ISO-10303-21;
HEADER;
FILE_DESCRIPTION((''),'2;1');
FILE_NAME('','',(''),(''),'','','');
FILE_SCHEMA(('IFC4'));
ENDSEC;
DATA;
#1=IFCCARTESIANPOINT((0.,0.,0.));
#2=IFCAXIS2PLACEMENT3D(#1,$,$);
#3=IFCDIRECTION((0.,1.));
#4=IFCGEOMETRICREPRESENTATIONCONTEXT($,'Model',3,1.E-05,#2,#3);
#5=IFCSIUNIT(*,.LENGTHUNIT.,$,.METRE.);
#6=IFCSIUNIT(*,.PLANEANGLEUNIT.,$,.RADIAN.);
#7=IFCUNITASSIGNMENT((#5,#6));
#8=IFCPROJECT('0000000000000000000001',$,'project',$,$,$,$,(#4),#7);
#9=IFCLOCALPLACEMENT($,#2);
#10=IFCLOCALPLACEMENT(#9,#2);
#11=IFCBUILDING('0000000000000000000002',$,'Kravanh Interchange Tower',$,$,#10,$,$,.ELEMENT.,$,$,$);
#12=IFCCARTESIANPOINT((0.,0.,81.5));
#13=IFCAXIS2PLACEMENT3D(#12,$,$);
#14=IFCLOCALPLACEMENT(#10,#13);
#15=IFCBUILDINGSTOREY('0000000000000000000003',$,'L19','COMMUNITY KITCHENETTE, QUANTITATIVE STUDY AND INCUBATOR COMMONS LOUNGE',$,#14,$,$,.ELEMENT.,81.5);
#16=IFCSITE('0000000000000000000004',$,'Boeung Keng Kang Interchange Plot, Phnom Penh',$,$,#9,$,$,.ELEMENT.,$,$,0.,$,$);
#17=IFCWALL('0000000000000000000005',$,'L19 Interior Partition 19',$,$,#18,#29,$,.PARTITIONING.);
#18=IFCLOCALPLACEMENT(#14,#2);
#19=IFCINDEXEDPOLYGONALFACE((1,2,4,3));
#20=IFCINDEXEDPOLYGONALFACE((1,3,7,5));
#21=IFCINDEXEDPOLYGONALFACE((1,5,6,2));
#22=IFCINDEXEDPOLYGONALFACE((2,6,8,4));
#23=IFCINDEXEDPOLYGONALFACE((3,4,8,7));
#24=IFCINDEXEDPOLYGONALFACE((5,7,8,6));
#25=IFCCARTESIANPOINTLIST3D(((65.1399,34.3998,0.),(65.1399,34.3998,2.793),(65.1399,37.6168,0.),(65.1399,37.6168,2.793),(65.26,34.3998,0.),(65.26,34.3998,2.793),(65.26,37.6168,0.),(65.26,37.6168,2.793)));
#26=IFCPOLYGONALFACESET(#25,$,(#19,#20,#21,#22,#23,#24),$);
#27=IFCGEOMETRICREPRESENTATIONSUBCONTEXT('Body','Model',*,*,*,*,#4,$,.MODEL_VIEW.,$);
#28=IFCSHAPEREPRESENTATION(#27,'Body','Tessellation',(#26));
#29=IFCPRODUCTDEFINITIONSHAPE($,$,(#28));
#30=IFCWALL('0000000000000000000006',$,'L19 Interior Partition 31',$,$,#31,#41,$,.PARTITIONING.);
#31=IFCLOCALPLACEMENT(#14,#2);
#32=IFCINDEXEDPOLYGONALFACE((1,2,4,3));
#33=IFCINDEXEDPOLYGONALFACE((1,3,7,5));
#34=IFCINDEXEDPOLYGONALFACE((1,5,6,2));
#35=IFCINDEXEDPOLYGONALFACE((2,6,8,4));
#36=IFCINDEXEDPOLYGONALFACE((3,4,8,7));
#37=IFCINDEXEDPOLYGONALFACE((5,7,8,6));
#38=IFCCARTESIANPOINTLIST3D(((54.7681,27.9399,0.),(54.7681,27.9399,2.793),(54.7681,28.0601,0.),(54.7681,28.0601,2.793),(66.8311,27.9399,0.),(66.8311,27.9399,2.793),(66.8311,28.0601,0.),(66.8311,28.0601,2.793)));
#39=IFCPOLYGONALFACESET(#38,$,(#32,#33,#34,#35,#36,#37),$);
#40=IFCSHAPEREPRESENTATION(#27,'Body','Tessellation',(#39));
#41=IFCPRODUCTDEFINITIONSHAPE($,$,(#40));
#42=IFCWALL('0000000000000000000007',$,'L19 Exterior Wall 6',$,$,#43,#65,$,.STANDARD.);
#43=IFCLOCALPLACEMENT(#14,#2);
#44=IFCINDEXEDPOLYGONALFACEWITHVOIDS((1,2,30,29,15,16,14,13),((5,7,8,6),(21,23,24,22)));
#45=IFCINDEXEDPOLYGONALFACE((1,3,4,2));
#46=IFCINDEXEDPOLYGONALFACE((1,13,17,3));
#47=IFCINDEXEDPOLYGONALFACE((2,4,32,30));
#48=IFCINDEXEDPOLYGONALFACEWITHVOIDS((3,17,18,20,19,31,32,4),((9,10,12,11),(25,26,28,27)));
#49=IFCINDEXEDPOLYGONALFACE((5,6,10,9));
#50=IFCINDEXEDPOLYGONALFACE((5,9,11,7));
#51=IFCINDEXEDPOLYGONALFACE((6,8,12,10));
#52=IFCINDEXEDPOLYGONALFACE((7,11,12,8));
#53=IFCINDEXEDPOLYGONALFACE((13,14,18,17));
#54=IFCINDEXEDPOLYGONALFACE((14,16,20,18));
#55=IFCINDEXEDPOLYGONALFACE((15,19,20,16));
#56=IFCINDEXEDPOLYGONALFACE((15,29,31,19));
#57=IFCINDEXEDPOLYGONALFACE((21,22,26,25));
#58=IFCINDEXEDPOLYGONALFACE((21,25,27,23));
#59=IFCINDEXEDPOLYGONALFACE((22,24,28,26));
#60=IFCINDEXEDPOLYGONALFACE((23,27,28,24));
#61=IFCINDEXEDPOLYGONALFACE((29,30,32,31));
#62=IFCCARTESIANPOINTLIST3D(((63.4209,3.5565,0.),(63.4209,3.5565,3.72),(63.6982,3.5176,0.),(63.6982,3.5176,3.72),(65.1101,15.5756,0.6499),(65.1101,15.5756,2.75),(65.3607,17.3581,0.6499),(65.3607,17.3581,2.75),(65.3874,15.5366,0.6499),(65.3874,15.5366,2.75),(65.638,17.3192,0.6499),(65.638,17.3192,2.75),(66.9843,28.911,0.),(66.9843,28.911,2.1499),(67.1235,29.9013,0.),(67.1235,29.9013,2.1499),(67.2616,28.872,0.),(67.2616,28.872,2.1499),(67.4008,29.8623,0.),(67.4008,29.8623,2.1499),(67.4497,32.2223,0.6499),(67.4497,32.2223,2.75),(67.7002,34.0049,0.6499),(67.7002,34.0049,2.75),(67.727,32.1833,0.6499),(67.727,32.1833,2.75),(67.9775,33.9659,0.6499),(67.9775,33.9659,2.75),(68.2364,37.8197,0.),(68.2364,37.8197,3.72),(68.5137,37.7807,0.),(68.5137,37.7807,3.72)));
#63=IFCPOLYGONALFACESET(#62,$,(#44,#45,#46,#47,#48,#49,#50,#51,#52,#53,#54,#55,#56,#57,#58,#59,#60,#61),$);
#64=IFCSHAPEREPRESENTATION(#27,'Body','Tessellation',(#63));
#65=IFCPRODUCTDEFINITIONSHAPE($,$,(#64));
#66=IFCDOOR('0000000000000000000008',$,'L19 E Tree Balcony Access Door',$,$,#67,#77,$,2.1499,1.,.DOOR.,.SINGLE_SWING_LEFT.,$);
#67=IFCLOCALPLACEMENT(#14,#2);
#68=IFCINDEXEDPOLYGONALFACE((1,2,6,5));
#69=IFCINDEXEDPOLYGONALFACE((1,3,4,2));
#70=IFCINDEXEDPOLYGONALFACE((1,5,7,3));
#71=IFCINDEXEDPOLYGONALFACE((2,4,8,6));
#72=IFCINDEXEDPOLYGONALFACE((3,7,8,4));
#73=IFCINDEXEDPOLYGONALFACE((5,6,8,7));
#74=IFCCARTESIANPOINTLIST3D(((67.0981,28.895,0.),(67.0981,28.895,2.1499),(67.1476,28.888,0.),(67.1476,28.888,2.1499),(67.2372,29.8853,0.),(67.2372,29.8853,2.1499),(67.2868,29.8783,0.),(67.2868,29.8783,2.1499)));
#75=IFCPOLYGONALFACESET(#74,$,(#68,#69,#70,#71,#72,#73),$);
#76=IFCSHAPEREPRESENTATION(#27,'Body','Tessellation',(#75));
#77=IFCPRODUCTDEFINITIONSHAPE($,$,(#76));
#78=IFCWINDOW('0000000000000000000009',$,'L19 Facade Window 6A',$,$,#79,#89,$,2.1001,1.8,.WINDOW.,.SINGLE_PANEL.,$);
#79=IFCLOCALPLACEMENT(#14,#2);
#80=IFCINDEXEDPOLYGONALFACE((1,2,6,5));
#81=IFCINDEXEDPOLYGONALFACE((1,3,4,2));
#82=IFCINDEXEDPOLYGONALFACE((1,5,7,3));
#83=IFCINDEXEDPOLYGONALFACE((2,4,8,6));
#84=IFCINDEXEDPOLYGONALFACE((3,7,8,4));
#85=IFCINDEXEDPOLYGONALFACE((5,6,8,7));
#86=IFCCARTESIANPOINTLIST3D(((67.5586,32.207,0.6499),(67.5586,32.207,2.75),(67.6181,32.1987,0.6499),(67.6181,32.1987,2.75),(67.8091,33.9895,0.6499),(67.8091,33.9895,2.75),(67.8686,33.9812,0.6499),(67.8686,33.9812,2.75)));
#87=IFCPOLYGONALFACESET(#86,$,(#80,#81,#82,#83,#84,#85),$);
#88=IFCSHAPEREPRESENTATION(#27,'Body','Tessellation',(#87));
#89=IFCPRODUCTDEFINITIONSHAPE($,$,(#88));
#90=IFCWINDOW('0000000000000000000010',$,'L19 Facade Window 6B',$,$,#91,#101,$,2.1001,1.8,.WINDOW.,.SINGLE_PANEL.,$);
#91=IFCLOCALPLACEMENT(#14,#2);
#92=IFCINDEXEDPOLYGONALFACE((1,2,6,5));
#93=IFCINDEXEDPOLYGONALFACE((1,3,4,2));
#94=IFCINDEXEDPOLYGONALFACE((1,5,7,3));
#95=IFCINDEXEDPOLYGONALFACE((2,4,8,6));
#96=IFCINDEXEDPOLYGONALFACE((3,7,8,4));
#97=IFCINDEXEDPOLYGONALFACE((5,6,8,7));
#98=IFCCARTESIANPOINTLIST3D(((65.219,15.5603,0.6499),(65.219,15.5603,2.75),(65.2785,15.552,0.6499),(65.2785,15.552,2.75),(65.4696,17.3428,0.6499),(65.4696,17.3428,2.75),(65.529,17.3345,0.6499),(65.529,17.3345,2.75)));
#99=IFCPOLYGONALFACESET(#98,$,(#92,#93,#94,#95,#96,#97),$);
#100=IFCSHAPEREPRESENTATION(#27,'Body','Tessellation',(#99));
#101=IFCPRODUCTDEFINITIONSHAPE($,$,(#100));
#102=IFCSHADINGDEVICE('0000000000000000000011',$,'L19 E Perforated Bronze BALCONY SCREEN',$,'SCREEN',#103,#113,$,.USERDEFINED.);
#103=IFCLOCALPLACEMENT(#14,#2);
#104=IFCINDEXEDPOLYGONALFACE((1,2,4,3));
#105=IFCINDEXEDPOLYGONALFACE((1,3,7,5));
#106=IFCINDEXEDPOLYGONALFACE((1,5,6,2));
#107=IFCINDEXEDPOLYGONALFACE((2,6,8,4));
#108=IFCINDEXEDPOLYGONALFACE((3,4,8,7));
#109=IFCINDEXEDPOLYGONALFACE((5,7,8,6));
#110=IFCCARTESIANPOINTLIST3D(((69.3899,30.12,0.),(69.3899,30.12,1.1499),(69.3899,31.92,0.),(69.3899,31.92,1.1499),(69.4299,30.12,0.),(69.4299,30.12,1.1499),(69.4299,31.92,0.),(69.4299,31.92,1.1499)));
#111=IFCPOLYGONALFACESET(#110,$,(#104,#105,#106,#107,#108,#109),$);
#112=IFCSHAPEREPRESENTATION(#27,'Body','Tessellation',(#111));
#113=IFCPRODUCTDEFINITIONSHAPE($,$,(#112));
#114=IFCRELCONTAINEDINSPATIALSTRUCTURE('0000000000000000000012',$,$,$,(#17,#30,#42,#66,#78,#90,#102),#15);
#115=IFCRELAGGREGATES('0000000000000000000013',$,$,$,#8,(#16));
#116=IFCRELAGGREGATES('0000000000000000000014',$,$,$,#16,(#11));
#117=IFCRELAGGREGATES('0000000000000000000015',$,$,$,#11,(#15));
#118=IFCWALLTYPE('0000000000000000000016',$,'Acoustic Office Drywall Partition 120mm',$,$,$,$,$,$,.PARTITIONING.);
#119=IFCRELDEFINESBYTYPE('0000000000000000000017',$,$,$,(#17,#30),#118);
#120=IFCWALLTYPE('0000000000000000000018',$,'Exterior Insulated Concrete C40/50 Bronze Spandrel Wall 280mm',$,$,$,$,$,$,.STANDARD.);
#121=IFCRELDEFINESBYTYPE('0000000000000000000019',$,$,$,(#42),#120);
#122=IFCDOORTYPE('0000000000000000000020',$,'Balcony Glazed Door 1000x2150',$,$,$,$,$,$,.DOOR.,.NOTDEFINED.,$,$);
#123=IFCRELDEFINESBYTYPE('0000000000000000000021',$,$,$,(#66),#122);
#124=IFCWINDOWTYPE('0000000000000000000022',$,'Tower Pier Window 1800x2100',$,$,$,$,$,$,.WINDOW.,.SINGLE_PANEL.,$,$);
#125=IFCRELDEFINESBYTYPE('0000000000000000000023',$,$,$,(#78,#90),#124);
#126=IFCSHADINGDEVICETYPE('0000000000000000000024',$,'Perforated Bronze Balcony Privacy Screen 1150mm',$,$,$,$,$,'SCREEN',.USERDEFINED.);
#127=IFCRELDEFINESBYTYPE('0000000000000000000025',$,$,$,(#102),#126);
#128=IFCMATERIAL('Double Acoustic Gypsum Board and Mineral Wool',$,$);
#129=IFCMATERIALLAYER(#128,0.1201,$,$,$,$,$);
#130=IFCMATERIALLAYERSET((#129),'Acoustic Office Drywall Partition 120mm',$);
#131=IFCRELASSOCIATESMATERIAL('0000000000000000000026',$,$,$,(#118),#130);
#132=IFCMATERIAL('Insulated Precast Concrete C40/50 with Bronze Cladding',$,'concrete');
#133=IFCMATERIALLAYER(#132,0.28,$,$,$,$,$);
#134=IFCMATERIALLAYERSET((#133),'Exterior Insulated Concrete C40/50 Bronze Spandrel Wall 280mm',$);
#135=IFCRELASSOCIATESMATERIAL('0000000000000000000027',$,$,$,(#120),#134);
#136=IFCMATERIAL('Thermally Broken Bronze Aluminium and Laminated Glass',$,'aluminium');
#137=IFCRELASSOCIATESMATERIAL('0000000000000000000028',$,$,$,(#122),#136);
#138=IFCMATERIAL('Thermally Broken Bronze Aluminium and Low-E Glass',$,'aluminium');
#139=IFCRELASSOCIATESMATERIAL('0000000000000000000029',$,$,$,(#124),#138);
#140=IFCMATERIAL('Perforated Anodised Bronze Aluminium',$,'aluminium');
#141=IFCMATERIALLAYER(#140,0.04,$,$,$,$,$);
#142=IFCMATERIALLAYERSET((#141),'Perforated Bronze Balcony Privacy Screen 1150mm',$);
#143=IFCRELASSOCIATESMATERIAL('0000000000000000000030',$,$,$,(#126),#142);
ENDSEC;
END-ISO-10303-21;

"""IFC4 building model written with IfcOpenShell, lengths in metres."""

from ifc_helpers import new_model, si_unit, direction, frame, frame_2d, origin, origin_2d, place, context, subcontext, project, spatial, rectangle, extrude, material, layer, layer_set, type_object, element, fill, save


model = new_model("IFC4")

# Units and contexts
model_context = context("Model", 3, precision=1e-05, world=origin(), true_north=direction((0.0, 1.0)))
body_context = subcontext(model_context, "Body", "Model", "MODEL_VIEW")
ifc_project = project(units=[si_unit("LENGTHUNIT", "METRE"), si_unit("PLANEANGLEUNIT", "RADIAN")], contexts=[model_context])

# Site, building, storey
site_placement = place(None, origin())
site = spatial("IfcSite", under=ifc_project, at=site_placement, Name="Boeung Keng Kang Interchange Plot, Phnom Penh", CompositionType="ELEMENT", RefElevation=0.0)
building_placement = place(site_placement, origin())
building = spatial("IfcBuilding", under=site, at=building_placement, Name="Kravanh Interchange Tower", CompositionType="ELEMENT")
storey_placement = place(building_placement, frame((0.0, 0.0, 81.5)))
storey = spatial("IfcBuildingStorey", under=building, at=storey_placement, Name="L19", Description="COMMUNITY KITCHENETTE, QUANTITATIVE STUDY AND INCUBATOR COMMONS LOUNGE", CompositionType="ELEMENT", Elevation=81.5)

# Walls
ifc_material_1 = material(Name="Double Acoustic Gypsum Board and Mineral Wool")
ifc_layer_1 = layer(ifc_material_1, 0.1201)
ifc_layer_set_1 = layer_set([ifc_layer_1], Name="Acoustic Office Drywall Partition 120mm")
wall_type_1 = type_object("IfcWallType", Name="Acoustic Office Drywall Partition 120mm", PredefinedType="PARTITIONING", material=ifc_layer_set_1)
wall_1_placement = place(storey_placement, frame((65.2, 34.3999, 0.0), z_axis=(0.0, 0.0, 1.0), x_axis=(0.0, 1.0, 0.0)))
element("IfcWall", 1, at=wall_1_placement, inside=storey, type_object=wall_type_1, Name="L19 Interior Partition 19", PredefinedType="PARTITIONING", context=body_context, shape_type="SweptSolid", body=[
    extrude(rectangle(XDim=3.217, YDim=0.1201, at=frame_2d((1.6084, 0.0))), origin(), (0.0, 0.0, 1.0), 2.793),
])
wall_2_placement = place(storey_placement, frame((54.7681, 28.0, 0.0), z_axis=(0.0, 0.0, 1.0), x_axis=(1.0, 0.0, 0.0)))
element("IfcWall", 2, at=wall_2_placement, inside=storey, type_object=wall_type_1, Name="L19 Interior Partition 31", PredefinedType="PARTITIONING", context=body_context, shape_type="SweptSolid", body=[
    extrude(rectangle(XDim=12.063, YDim=0.1201, at=frame_2d((6.0315, 0.0))), origin(), (0.0, 0.0, 1.0), 2.793),
])

# Wall, openings, door, windows
ifc_material_2 = material(Name="Insulated Precast Concrete C40/50 with Bronze Cladding", Category="concrete")
ifc_layer_2 = layer(ifc_material_2, 0.28)
ifc_layer_set_2 = layer_set([ifc_layer_2], Name="Exterior Insulated Concrete C40/50 Bronze Spandrel Wall 280mm")
wall_type_2 = type_object("IfcWallType", Name="Exterior Insulated Concrete C40/50 Bronze Spandrel Wall 280mm", PredefinedType="STANDARD", material=ifc_layer_set_2)
wall_3_placement = place(storey_placement, frame((68.375, 37.8, 0.0), z_axis=(0.0, 0.0, 1.0), x_axis=(-0.139175, -0.990268, 0.0)))
wall_3 = element("IfcWall", 3, at=wall_3_placement, inside=storey, type_object=wall_type_2, Name="L19 Exterior Wall 6", PredefinedType="STANDARD", context=body_context, shape_type="SweptSolid", body=[
    extrude(rectangle(XDim=34.5999, YDim=0.28, at=frame_2d((17.2998, 0.0))), origin(), (0.0, 0.0, 1.0), 3.72),
])
opening_1_placement = place(wall_3_placement, frame((7.9961, 0.0, 0.0)))
opening_1 = element("IfcOpeningElement", 4, at=opening_1_placement, cuts=wall_3, PredefinedType="OPENING", context=body_context, shape_type="SweptSolid", body=[
    extrude(rectangle(XDim=1.0, YDim=2.1499, at=frame_2d((0.5, 1.075))), frame((0.0, 0.1499, 0.0), z_axis=(0.0, -1.0, 0.0), x_axis=(1.0, 0.0, 0.0)), (0.0, 0.0, 1.0), 0.3),
])
opening_2_placement = place(wall_3_placement, frame((3.8523, 0.0, 0.6499)))
opening_2 = element("IfcOpeningElement", 5, at=opening_2_placement, cuts=wall_3, PredefinedType="OPENING", context=body_context, shape_type="SweptSolid", body=[
    extrude(rectangle(XDim=1.8, YDim=2.1001, at=frame_2d((0.8999, 1.05))), frame((0.0, 0.1499, 0.0), z_axis=(0.0, -1.0, 0.0), x_axis=(1.0, 0.0, 0.0)), (0.0, 0.0, 1.0), 0.3),
])
opening_3_placement = place(wall_3_placement, frame((20.6626, 0.0, 0.6499)))
opening_3 = element("IfcOpeningElement", 6, at=opening_3_placement, cuts=wall_3, PredefinedType="OPENING", context=body_context, shape_type="SweptSolid", body=[
    extrude(rectangle(XDim=1.8, YDim=2.1001, at=frame_2d((0.8999, 1.05))), frame((0.0, 0.1499, 0.0), z_axis=(0.0, -1.0, 0.0), x_axis=(1.0, 0.0, 0.0)), (0.0, 0.0, 1.0), 0.3),
])
ifc_material_3 = material(Name="Thermally Broken Bronze Aluminium and Laminated Glass", Category="aluminium")
door_type_1 = type_object("IfcDoorType", Name="Balcony Glazed Door 1000x2150", OperationType="NOTDEFINED", PredefinedType="DOOR", material=ifc_material_3)
door_1_placement = place(opening_1_placement, origin())
door_1 = element("IfcDoor", 7, at=door_1_placement, inside=storey, type_object=door_type_1, Name="L19 E Tree Balcony Access Door", OperationType="SINGLE_SWING_LEFT", OverallHeight=2.1499, OverallWidth=1.0, PredefinedType="DOOR", context=body_context, shape_type="SweptSolid", body=[
    extrude(rectangle(XDim=1.0, YDim=2.1499, at=frame_2d((0.5, 1.075))), frame((0.0, 0.0249, 0.0), z_axis=(0.0, -1.0, 0.0), x_axis=(1.0, 0.0, 0.0)), (0.0, 0.0, 1.0), 0.05),
])
fill(opening_1, door_1)
ifc_material_4 = material(Name="Thermally Broken Bronze Aluminium and Low-E Glass", Category="aluminium")
window_type = type_object("IfcWindowType", Name="Tower Pier Window 1800x2100", PartitioningType="SINGLE_PANEL", PredefinedType="WINDOW", material=ifc_material_4)
window_1_placement = place(opening_2_placement, origin())
window_1 = element("IfcWindow", 8, at=window_1_placement, inside=storey, type_object=window_type, Name="L19 Facade Window 6A", OverallHeight=2.1001, OverallWidth=1.8, PartitioningType="SINGLE_PANEL", PredefinedType="WINDOW", context=body_context, shape_type="SweptSolid", body=[
    extrude(rectangle(XDim=1.8, YDim=2.1001, at=frame_2d((0.8999, 1.05))), frame((0.0, 0.03, 0.0), z_axis=(0.0, -1.0, 0.0), x_axis=(1.0, 0.0, 0.0)), (0.0, 0.0, 1.0), 0.0601),
])
fill(opening_2, window_1)
window_2_placement = place(opening_3_placement, origin())
window_2 = element("IfcWindow", 9, at=window_2_placement, inside=storey, type_object=window_type, Name="L19 Facade Window 6B", OverallHeight=2.1001, OverallWidth=1.8, PartitioningType="SINGLE_PANEL", PredefinedType="WINDOW", context=body_context, shape_type="SweptSolid", body=[
    extrude(rectangle(XDim=1.8, YDim=2.1001, at=frame_2d((0.8999, 1.05))), frame((0.0, 0.03, 0.0), z_axis=(0.0, -1.0, 0.0), x_axis=(1.0, 0.0, 0.0)), (0.0, 0.0, 1.0), 0.0601),
])
fill(opening_3, window_2)

# Shading device
ifc_material_5 = material(Name="Perforated Anodised Bronze Aluminium", Category="aluminium")
ifc_layer_3 = layer(ifc_material_5, 0.04)
ifc_layer_set_3 = layer_set([ifc_layer_3], Name="Perforated Bronze Balcony Privacy Screen 1150mm")
shading_device_type = type_object("IfcShadingDeviceType", Name="Perforated Bronze Balcony Privacy Screen 1150mm", ElementType="SCREEN", PredefinedType="USERDEFINED", material=ifc_layer_set_3)
shading_device_placement = place(storey_placement, frame((69.4099, 31.02, 0.0), z_axis=(0.0, 0.0, 1.0), x_axis=(1.0, 0.0, 0.0)))
element("IfcShadingDevice", 10, at=shading_device_placement, inside=storey, type_object=shading_device_type, Name="L19 E Perforated Bronze BALCONY SCREEN", ObjectType="SCREEN", PredefinedType="USERDEFINED", context=body_context, shape_type="SweptSolid", body=[
    extrude(rectangle(XDim=0.04, YDim=1.8, at=origin_2d()), origin(), (0.0, 0.0, 1.0), 1.1499),
])

save(model, "model.ifc")
